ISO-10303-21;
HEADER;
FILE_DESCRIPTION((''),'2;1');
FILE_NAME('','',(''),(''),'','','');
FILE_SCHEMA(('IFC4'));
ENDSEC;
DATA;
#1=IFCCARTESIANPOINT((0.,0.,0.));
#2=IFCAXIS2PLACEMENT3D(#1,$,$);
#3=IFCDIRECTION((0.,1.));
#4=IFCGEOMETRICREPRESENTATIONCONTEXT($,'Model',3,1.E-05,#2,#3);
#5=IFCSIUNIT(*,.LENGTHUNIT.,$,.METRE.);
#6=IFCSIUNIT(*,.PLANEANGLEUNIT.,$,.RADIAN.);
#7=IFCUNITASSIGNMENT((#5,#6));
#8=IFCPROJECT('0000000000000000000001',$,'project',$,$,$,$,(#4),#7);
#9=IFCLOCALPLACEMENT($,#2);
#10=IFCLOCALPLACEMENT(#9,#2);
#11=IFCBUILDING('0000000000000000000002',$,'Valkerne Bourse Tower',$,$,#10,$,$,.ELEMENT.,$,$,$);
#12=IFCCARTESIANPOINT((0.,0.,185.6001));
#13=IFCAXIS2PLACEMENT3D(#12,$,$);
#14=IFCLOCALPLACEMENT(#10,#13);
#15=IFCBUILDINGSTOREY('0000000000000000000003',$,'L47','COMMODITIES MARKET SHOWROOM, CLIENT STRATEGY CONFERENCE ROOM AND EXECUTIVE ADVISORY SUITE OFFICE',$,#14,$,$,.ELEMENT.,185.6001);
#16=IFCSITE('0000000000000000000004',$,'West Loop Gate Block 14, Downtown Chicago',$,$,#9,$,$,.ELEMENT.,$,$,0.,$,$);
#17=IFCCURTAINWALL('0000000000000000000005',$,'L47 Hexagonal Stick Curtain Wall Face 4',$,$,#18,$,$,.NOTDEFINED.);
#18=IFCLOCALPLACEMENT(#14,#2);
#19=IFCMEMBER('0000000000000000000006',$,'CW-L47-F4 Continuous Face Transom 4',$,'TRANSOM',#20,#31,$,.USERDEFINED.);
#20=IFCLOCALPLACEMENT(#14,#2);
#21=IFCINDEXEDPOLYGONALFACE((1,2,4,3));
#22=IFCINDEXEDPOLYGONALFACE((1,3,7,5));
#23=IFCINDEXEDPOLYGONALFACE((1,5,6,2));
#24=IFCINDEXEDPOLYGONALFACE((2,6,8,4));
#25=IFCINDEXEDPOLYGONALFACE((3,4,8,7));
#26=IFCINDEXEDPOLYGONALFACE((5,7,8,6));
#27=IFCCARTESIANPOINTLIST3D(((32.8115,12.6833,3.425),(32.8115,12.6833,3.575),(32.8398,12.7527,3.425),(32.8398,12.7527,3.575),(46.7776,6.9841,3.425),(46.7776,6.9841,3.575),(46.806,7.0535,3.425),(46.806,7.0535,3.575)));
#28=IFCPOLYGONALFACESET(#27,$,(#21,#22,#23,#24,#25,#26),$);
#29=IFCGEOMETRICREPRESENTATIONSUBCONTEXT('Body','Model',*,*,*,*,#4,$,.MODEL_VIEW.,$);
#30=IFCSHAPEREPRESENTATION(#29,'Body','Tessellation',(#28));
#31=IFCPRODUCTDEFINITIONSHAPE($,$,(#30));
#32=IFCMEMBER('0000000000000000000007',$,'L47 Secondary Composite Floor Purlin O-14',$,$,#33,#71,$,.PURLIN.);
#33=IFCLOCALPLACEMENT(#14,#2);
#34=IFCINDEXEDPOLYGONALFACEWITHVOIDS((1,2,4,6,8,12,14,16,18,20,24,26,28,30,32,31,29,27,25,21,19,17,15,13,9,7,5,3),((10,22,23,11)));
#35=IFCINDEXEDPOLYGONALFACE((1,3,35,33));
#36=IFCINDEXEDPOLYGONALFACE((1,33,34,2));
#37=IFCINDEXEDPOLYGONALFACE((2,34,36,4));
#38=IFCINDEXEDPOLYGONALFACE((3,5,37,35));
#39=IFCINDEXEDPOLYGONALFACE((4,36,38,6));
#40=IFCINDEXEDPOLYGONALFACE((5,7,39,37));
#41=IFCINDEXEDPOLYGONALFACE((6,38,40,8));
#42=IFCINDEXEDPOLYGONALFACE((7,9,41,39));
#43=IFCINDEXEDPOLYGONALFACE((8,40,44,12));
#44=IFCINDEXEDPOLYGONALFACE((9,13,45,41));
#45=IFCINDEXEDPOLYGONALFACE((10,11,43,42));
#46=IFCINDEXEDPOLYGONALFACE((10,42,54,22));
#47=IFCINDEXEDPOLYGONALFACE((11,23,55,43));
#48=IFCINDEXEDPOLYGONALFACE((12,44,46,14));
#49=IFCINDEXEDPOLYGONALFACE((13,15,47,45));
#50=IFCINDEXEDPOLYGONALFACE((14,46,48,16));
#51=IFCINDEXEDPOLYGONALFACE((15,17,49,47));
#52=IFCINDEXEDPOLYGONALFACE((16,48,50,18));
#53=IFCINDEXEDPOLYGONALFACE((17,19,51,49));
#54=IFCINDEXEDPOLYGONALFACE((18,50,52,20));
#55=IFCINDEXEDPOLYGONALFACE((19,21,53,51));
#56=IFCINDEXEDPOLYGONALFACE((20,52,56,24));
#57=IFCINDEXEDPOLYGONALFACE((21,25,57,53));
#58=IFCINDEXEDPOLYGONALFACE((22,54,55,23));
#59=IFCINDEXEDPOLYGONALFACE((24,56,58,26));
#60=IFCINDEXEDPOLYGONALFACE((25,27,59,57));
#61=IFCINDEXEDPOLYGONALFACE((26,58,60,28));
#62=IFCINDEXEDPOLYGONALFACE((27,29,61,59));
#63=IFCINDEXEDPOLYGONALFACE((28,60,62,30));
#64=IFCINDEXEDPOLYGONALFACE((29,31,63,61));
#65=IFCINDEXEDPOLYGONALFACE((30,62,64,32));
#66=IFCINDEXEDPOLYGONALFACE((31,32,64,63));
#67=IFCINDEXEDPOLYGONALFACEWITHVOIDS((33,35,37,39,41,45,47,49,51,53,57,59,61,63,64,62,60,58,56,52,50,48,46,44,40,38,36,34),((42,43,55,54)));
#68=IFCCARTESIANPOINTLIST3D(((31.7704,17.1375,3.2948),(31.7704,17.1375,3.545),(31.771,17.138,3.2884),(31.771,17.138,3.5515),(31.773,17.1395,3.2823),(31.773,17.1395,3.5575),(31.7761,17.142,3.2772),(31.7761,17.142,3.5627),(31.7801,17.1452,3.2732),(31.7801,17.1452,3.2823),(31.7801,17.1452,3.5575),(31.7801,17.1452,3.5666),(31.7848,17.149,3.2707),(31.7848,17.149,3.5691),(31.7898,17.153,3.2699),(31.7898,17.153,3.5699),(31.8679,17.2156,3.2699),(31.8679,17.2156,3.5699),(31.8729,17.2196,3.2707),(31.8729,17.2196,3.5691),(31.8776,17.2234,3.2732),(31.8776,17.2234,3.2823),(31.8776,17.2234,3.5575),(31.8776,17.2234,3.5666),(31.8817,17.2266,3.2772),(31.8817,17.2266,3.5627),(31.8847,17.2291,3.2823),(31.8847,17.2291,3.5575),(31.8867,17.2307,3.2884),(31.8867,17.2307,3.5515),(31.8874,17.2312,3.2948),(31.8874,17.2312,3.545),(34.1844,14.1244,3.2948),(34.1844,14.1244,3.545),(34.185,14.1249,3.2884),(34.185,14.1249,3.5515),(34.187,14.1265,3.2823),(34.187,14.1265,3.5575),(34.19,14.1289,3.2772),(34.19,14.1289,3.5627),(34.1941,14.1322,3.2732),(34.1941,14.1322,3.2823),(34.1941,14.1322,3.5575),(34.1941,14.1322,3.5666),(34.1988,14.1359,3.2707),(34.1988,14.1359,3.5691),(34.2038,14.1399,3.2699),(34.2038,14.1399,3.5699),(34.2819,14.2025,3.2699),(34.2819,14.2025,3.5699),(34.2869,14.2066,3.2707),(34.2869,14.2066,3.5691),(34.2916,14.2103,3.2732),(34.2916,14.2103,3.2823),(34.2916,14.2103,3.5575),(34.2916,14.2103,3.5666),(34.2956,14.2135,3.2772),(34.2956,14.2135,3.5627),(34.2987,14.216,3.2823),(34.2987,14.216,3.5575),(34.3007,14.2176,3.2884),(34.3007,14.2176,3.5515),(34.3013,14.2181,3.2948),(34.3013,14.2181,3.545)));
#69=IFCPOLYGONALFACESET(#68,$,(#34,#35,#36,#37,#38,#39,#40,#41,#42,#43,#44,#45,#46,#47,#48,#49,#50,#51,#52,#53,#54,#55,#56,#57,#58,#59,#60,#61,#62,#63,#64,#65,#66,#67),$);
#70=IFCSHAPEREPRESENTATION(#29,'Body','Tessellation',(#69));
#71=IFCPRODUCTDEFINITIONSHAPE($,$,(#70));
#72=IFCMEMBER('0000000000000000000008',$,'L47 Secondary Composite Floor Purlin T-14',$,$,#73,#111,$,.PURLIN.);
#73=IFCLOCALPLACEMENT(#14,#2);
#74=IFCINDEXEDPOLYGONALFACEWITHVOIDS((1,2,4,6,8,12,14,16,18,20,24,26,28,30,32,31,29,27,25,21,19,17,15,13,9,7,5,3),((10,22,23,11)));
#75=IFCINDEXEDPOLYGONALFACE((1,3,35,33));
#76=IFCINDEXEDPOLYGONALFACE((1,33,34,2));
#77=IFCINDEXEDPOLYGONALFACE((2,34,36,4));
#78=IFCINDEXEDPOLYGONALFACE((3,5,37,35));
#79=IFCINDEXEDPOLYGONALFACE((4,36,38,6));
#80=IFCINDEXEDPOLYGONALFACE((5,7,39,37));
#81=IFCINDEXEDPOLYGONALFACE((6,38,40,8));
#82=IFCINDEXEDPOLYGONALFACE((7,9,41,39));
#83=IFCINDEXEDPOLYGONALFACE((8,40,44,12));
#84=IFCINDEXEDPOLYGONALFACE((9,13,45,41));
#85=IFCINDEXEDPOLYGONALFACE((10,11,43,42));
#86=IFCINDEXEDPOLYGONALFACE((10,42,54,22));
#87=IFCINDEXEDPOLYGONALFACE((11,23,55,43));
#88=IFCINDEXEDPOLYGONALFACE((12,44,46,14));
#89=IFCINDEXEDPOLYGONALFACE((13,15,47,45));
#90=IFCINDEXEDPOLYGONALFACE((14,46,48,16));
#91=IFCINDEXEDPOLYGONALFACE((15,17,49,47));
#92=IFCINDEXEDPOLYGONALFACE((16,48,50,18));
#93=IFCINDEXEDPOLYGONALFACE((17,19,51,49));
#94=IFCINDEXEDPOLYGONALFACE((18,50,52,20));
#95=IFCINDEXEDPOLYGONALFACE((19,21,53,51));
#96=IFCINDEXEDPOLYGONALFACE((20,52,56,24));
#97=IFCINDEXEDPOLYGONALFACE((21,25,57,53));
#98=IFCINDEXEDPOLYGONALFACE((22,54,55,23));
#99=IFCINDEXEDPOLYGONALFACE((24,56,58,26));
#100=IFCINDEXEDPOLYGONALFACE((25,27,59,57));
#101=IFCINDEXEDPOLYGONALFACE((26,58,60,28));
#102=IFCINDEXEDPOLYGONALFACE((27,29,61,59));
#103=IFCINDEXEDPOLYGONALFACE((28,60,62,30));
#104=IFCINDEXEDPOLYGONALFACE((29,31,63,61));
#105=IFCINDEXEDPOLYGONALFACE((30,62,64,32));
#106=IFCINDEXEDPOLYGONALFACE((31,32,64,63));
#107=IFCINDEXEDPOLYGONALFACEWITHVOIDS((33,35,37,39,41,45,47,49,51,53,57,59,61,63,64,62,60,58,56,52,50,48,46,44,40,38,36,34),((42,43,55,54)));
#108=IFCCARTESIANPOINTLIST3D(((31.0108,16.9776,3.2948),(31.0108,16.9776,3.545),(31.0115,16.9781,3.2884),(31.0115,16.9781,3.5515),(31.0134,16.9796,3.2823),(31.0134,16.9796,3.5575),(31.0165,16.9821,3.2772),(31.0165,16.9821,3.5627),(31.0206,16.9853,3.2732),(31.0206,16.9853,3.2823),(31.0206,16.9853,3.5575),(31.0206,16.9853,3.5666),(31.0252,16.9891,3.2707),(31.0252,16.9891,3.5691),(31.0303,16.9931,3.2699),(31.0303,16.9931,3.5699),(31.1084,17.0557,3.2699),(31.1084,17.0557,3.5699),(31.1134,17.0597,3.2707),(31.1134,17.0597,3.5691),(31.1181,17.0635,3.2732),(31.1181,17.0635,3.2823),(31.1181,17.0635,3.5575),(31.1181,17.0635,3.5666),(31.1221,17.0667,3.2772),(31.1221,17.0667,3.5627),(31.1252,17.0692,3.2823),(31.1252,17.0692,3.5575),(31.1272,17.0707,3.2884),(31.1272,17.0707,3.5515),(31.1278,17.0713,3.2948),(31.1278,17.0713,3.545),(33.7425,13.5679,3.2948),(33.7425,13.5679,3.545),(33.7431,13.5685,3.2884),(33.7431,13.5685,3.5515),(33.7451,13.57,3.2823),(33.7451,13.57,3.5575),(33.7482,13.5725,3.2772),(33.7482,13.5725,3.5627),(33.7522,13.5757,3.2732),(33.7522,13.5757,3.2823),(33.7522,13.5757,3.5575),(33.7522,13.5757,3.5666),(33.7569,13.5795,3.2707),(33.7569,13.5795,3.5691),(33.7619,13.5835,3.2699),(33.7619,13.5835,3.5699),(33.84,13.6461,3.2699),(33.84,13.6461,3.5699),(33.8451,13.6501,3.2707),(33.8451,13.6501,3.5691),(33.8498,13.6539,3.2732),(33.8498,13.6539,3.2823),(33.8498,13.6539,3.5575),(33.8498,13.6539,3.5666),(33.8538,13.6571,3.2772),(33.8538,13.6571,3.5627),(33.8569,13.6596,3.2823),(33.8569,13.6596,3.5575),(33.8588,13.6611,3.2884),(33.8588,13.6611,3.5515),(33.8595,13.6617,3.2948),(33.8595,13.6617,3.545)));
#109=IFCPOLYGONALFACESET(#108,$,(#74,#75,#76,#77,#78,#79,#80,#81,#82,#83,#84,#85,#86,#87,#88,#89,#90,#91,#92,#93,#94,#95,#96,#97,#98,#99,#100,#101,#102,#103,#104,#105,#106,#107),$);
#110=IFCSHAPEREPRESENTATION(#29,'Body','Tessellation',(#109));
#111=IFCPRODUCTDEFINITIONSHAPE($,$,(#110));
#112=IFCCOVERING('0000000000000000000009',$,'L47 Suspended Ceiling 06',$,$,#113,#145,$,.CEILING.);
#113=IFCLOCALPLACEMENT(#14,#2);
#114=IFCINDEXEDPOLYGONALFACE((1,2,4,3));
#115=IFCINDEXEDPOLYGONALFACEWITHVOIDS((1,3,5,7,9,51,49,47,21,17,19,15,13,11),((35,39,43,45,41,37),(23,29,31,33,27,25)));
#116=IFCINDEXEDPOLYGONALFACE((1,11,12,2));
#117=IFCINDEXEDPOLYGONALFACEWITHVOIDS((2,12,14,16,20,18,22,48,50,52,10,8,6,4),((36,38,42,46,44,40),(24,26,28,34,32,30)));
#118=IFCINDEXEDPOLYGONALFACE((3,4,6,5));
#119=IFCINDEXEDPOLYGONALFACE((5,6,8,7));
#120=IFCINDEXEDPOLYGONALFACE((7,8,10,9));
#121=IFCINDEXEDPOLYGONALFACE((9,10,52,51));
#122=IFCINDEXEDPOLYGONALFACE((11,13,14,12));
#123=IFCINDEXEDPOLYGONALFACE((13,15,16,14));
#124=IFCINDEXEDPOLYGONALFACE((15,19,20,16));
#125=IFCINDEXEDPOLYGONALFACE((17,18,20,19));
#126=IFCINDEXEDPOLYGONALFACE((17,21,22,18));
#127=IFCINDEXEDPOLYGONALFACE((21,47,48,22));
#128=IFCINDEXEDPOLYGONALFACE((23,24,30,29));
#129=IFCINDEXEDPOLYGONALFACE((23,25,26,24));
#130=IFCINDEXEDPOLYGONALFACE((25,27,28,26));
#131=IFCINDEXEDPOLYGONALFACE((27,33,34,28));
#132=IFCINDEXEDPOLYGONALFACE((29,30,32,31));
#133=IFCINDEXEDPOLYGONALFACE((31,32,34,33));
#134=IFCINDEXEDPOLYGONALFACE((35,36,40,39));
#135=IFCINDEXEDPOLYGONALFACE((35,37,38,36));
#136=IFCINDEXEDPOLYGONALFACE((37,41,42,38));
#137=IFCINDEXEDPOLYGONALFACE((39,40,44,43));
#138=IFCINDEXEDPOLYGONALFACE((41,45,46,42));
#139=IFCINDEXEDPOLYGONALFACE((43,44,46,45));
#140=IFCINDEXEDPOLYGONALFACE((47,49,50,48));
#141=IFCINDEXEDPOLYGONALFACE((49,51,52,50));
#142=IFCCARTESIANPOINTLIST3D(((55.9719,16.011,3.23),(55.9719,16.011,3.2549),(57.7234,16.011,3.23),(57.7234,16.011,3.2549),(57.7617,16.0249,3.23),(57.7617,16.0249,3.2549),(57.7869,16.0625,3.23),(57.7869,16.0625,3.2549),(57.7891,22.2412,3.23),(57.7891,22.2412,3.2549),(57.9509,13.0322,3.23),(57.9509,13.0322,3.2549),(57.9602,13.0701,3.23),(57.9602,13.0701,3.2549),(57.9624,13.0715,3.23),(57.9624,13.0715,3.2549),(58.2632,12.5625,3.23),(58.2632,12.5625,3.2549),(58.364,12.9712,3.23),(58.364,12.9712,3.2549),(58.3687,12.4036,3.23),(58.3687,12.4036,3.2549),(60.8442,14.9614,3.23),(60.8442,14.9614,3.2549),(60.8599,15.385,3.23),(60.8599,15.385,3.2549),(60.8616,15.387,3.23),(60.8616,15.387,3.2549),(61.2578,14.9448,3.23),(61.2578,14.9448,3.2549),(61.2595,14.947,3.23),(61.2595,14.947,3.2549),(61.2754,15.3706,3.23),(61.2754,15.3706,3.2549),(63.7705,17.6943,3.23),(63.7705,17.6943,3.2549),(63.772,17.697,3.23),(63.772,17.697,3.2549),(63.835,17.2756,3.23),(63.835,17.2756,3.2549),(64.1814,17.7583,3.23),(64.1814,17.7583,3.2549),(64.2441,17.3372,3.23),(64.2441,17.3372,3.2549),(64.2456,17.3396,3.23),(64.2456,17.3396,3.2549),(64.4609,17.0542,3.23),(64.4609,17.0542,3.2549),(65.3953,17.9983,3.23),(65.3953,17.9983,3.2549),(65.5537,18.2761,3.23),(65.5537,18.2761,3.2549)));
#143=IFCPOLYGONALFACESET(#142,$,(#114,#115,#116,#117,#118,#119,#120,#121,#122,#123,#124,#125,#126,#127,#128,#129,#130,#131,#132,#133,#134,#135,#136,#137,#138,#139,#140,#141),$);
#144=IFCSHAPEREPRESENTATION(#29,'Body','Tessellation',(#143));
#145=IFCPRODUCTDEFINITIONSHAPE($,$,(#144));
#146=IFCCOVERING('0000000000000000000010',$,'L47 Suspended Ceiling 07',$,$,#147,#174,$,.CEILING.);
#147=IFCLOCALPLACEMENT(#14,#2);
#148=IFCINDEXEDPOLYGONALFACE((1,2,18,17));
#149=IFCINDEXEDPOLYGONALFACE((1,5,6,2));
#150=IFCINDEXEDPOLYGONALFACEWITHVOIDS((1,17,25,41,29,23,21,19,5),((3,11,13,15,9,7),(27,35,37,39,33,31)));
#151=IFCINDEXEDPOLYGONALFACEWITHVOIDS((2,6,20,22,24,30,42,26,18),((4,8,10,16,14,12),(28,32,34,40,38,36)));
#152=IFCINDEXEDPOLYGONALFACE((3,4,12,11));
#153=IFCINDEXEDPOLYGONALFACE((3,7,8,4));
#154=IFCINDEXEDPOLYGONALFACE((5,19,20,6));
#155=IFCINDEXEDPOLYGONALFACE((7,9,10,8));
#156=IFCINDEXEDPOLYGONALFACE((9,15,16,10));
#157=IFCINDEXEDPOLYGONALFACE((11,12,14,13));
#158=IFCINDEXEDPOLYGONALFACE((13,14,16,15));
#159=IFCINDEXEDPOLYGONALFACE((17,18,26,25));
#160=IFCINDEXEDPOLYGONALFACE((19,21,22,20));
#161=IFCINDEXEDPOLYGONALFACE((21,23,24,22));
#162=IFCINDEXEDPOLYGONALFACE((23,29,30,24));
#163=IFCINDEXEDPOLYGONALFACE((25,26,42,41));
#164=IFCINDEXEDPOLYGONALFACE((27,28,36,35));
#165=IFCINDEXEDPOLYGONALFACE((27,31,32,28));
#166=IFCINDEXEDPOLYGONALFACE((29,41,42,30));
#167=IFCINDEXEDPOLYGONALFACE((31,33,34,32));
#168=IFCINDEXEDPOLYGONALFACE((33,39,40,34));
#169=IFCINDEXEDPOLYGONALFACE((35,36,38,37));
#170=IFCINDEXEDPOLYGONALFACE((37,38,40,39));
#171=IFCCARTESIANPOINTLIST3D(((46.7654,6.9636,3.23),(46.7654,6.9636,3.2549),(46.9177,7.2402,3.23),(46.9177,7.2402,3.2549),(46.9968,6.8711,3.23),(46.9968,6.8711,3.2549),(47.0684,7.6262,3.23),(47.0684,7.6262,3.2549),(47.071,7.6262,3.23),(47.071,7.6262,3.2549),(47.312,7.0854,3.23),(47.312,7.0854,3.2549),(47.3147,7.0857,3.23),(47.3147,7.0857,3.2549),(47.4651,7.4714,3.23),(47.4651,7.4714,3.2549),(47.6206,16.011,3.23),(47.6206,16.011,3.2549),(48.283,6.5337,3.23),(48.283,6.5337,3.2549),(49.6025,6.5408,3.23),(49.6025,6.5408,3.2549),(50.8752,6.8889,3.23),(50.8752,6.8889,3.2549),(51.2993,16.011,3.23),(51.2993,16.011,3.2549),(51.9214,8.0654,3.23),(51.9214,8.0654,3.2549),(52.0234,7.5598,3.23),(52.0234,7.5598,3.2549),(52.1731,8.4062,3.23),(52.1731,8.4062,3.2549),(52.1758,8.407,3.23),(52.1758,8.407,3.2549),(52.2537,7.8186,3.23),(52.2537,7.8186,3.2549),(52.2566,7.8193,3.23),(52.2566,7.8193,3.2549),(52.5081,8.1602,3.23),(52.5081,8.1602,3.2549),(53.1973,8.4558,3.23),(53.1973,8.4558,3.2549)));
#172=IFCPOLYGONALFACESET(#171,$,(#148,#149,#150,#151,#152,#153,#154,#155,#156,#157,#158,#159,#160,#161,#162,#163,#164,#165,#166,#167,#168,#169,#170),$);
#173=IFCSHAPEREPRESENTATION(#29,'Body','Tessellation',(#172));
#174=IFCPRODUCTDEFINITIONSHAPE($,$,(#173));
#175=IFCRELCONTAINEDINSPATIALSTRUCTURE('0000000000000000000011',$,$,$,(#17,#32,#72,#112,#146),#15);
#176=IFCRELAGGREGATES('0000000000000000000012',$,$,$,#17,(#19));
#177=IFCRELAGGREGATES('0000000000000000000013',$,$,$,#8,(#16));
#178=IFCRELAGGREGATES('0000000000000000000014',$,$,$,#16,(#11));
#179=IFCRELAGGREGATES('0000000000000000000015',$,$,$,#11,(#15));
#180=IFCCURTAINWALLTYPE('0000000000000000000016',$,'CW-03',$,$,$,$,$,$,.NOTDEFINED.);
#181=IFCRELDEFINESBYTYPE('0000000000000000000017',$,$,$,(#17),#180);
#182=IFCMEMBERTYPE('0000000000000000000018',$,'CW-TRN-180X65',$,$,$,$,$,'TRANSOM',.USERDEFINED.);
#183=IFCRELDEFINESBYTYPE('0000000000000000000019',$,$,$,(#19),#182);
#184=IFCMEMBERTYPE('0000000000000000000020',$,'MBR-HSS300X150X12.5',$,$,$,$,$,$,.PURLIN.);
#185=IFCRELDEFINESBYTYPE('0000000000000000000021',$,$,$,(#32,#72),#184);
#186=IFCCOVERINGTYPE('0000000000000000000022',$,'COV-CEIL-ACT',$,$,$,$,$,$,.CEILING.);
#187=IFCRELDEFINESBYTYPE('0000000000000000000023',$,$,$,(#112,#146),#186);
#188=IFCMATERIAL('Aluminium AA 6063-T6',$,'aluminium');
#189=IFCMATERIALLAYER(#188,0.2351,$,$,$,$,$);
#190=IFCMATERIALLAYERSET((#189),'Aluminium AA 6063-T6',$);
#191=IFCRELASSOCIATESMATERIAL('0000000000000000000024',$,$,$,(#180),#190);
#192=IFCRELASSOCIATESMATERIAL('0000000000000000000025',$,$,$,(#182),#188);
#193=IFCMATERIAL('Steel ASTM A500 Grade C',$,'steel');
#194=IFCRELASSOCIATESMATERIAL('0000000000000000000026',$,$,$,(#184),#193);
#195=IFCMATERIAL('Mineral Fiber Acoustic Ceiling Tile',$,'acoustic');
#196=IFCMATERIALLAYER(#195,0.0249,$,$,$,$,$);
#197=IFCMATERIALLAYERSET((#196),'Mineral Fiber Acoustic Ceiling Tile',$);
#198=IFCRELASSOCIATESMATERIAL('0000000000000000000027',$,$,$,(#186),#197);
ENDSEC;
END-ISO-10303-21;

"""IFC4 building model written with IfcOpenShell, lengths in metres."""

from ifc_helpers import new_model, si_unit, direction, frame, origin, origin_2d, place, context, subcontext, project, spatial, polyline, rectangle, hollow_rectangle, outline, extrude, material, layer, layer_set, material_profile, profile_set, type_object, element, aggregate, save


model = new_model("IFC4")

# Units and contexts
model_context = context("Model", 3, precision=1e-05, world=origin(), true_north=direction((0.0, 1.0)))
body_context = subcontext(model_context, "Body", "Model", "MODEL_VIEW")
ifc_project = project(units=[si_unit("LENGTHUNIT", "METRE"), si_unit("PLANEANGLEUNIT", "RADIAN")], contexts=[model_context])

# Site, building, storey
site_placement = place(None, origin())
site = spatial("IfcSite", under=ifc_project, at=site_placement, Name="West Loop Gate Block 14, Downtown Chicago", CompositionType="ELEMENT", RefElevation=0.0)
building_placement = place(site_placement, origin())
building = spatial("IfcBuilding", under=site, at=building_placement, Name="Valkerne Bourse Tower", CompositionType="ELEMENT")
storey_placement = place(building_placement, frame((0.0, 0.0, 185.6001)))
storey = spatial("IfcBuildingStorey", under=building, at=storey_placement, Name="L47", Description="COMMODITIES MARKET SHOWROOM, CLIENT STRATEGY CONFERENCE ROOM AND EXECUTIVE ADVISORY SUITE OFFICE", CompositionType="ELEMENT", Elevation=185.6001)

# Curtain wall, member
ifc_material_1 = material(Name="Aluminium AA 6063-T6", Category="aluminium")
ifc_layer_1 = layer(ifc_material_1, 0.2351)
ifc_layer_set_1 = layer_set([ifc_layer_1], Name="Aluminium AA 6063-T6")
curtain_wall_type = type_object("IfcCurtainWallType", Name="CW-03", PredefinedType="NOTDEFINED", material=ifc_layer_set_1)
curtain_wall_placement = place(storey_placement, origin())
curtain_wall = element("IfcCurtainWall", 1, at=curtain_wall_placement, inside=storey, type_object=curtain_wall_type, Name="L47 Hexagonal Stick Curtain Wall Face 4", PredefinedType="NOTDEFINED")
ifc_material_profile_1 = material_profile(ifc_material_1, rectangle(XDim=0.075, YDim=0.1499, at=origin_2d()), Name="CWT-75X150")
ifc_profile_set_1 = profile_set([ifc_material_profile_1], Name="Aluminium AA 6063-T6")
member_type_1 = type_object("IfcMemberType", Name="CW-TRN-180X65", ElementType="TRANSOM", PredefinedType="USERDEFINED", material=ifc_profile_set_1)
member_1_placement = place(storey_placement, frame((32.8257, 12.718, 3.5), z_axis=(0.925876, -0.377828, 0.0), x_axis=(0.377828, 0.925876, 0.0)))
member_1 = element("IfcMember", 2, at=member_1_placement, type_object=member_type_1, Name="CW-L47-F4 Continuous Face Transom 4", ObjectType="TRANSOM", PredefinedType="USERDEFINED", context=body_context, shape_type="SweptSolid", body=[
    extrude(rectangle(XDim=0.075, YDim=0.1499, at=origin_2d()), origin(), (0.0, 0.0, 1.0), 15.0842),
])
aggregate(curtain_wall, [member_1])

# Members
ifc_material_2 = material(Name="Steel ASTM A500 Grade C", Category="steel")
ifc_material_profile_2 = material_profile(ifc_material_2, hollow_rectangle(XDim=0.1499, YDim=0.3, WallThickness=0.0125, OuterFilletRadius=0.0249, at=origin_2d()), Name="HSS300X150X12.5")
ifc_profile_set_2 = profile_set([ifc_material_profile_2], Name="Steel ASTM A500 Grade C")
member_type_2 = type_object("IfcMemberType", Name="MBR-HSS300X150X12.5", PredefinedType="PURLIN", material=ifc_profile_set_2)
member_2_placement = place(storey_placement, frame((31.8289, 17.1843, 3.4199), z_axis=(0.62525, -0.780424, 0.0), x_axis=(0.780424, 0.62525, 0.0)))
element("IfcMember", 3, at=member_2_placement, inside=storey, type_object=member_type_2, Name="L47 Secondary Composite Floor Purlin O-14", PredefinedType="PURLIN", context=body_context, shape_type="SweptSolid", body=[
    extrude(hollow_rectangle(XDim=0.1499, YDim=0.3, WallThickness=0.0125, OuterFilletRadius=0.0249, at=origin_2d()), origin(), (0.0, 0.0, 1.0), 3.8608),
])
member_3_placement = place(storey_placement, frame((31.0693, 17.0244, 3.4199), z_axis=(0.625247, -0.780427, 0.0), x_axis=(0.780427, 0.625247, 0.0)))
element("IfcMember", 4, at=member_3_placement, inside=storey, type_object=member_type_2, Name="L47 Secondary Composite Floor Purlin T-14", PredefinedType="PURLIN", context=body_context, shape_type="SweptSolid", body=[
    extrude(hollow_rectangle(XDim=0.1499, YDim=0.3, WallThickness=0.0125, OuterFilletRadius=0.0249, at=origin_2d()), origin(), (0.0, 0.0, 1.0), 4.3689),
])

# Coverings
ifc_material_3 = material(Name="Mineral Fiber Acoustic Ceiling Tile", Category="acoustic")
ifc_layer_2 = layer(ifc_material_3, 0.0249)
ifc_layer_set_2 = layer_set([ifc_layer_2], Name="Mineral Fiber Acoustic Ceiling Tile")
covering_type_1 = type_object("IfcCoveringType", Name="COV-CEIL-ACT", PredefinedType="CEILING", material=ifc_layer_set_2)
covering_1_placement = place(storey_placement, frame((0.0, 0.0, 3.23)))
element("IfcCovering", 5, at=covering_1_placement, inside=storey, type_object=covering_type_1, Name="L47 Suspended Ceiling 06", PredefinedType="CEILING", context=body_context, shape_type="SweptSolid", body=[
    extrude(outline(polyline([(58.3687, 12.4036), (58.2632, 12.5625), (58.364, 12.9712), (57.9624, 13.0715), (57.9602, 13.0701), (57.9509, 13.0322), (55.9719, 16.011), (57.7234, 16.011), (57.7617, 16.0249), (57.7869, 16.0625), (57.7891, 22.2412), (65.5537, 18.2761), (65.3953, 17.9983), (64.4609, 17.0542), (58.3687, 12.4036)]), holes=[polyline([(61.2754, 15.3706), (60.8616, 15.387), (60.8599, 15.385), (60.8442, 14.9614), (61.2578, 14.9448), (61.2595, 14.947), (61.2754, 15.3706)]), polyline([(64.2456, 17.3396), (64.1814, 17.7583), (63.772, 17.697), (63.7705, 17.6943), (63.835, 17.2756), (64.2441, 17.3372), (64.2456, 17.3396)])]), origin(), (0.0, 0.0, 1.0), 0.0249),
])
covering_2_placement = place(storey_placement, frame((0.0, 0.0, 3.23)))
element("IfcCovering", 6, at=covering_2_placement, inside=storey, type_object=covering_type_1, Name="L47 Suspended Ceiling 07", PredefinedType="CEILING", context=body_context, shape_type="SweptSolid", body=[
    extrude(outline(polyline([(49.6025, 6.5408), (48.283, 6.5337), (46.9968, 6.8711), (46.7654, 6.9636), (47.6206, 16.011), (51.2993, 16.011), (53.1973, 8.4558), (52.0234, 7.5598), (50.8752, 6.8889), (49.6025, 6.5408)]), holes=[polyline([(47.3147, 7.0857), (47.4651, 7.4714), (47.071, 7.6262), (47.0684, 7.6262), (46.9177, 7.2402), (47.312, 7.0854), (47.3147, 7.0857)]), polyline([(52.5081, 8.1602), (52.1758, 8.407), (52.1731, 8.4062), (51.9214, 8.0654), (52.2537, 7.8186), (52.2566, 7.8193), (52.5081, 8.1602)])]), origin(), (0.0, 0.0, 1.0), 0.0249),
])

save(model, "model.ifc")
